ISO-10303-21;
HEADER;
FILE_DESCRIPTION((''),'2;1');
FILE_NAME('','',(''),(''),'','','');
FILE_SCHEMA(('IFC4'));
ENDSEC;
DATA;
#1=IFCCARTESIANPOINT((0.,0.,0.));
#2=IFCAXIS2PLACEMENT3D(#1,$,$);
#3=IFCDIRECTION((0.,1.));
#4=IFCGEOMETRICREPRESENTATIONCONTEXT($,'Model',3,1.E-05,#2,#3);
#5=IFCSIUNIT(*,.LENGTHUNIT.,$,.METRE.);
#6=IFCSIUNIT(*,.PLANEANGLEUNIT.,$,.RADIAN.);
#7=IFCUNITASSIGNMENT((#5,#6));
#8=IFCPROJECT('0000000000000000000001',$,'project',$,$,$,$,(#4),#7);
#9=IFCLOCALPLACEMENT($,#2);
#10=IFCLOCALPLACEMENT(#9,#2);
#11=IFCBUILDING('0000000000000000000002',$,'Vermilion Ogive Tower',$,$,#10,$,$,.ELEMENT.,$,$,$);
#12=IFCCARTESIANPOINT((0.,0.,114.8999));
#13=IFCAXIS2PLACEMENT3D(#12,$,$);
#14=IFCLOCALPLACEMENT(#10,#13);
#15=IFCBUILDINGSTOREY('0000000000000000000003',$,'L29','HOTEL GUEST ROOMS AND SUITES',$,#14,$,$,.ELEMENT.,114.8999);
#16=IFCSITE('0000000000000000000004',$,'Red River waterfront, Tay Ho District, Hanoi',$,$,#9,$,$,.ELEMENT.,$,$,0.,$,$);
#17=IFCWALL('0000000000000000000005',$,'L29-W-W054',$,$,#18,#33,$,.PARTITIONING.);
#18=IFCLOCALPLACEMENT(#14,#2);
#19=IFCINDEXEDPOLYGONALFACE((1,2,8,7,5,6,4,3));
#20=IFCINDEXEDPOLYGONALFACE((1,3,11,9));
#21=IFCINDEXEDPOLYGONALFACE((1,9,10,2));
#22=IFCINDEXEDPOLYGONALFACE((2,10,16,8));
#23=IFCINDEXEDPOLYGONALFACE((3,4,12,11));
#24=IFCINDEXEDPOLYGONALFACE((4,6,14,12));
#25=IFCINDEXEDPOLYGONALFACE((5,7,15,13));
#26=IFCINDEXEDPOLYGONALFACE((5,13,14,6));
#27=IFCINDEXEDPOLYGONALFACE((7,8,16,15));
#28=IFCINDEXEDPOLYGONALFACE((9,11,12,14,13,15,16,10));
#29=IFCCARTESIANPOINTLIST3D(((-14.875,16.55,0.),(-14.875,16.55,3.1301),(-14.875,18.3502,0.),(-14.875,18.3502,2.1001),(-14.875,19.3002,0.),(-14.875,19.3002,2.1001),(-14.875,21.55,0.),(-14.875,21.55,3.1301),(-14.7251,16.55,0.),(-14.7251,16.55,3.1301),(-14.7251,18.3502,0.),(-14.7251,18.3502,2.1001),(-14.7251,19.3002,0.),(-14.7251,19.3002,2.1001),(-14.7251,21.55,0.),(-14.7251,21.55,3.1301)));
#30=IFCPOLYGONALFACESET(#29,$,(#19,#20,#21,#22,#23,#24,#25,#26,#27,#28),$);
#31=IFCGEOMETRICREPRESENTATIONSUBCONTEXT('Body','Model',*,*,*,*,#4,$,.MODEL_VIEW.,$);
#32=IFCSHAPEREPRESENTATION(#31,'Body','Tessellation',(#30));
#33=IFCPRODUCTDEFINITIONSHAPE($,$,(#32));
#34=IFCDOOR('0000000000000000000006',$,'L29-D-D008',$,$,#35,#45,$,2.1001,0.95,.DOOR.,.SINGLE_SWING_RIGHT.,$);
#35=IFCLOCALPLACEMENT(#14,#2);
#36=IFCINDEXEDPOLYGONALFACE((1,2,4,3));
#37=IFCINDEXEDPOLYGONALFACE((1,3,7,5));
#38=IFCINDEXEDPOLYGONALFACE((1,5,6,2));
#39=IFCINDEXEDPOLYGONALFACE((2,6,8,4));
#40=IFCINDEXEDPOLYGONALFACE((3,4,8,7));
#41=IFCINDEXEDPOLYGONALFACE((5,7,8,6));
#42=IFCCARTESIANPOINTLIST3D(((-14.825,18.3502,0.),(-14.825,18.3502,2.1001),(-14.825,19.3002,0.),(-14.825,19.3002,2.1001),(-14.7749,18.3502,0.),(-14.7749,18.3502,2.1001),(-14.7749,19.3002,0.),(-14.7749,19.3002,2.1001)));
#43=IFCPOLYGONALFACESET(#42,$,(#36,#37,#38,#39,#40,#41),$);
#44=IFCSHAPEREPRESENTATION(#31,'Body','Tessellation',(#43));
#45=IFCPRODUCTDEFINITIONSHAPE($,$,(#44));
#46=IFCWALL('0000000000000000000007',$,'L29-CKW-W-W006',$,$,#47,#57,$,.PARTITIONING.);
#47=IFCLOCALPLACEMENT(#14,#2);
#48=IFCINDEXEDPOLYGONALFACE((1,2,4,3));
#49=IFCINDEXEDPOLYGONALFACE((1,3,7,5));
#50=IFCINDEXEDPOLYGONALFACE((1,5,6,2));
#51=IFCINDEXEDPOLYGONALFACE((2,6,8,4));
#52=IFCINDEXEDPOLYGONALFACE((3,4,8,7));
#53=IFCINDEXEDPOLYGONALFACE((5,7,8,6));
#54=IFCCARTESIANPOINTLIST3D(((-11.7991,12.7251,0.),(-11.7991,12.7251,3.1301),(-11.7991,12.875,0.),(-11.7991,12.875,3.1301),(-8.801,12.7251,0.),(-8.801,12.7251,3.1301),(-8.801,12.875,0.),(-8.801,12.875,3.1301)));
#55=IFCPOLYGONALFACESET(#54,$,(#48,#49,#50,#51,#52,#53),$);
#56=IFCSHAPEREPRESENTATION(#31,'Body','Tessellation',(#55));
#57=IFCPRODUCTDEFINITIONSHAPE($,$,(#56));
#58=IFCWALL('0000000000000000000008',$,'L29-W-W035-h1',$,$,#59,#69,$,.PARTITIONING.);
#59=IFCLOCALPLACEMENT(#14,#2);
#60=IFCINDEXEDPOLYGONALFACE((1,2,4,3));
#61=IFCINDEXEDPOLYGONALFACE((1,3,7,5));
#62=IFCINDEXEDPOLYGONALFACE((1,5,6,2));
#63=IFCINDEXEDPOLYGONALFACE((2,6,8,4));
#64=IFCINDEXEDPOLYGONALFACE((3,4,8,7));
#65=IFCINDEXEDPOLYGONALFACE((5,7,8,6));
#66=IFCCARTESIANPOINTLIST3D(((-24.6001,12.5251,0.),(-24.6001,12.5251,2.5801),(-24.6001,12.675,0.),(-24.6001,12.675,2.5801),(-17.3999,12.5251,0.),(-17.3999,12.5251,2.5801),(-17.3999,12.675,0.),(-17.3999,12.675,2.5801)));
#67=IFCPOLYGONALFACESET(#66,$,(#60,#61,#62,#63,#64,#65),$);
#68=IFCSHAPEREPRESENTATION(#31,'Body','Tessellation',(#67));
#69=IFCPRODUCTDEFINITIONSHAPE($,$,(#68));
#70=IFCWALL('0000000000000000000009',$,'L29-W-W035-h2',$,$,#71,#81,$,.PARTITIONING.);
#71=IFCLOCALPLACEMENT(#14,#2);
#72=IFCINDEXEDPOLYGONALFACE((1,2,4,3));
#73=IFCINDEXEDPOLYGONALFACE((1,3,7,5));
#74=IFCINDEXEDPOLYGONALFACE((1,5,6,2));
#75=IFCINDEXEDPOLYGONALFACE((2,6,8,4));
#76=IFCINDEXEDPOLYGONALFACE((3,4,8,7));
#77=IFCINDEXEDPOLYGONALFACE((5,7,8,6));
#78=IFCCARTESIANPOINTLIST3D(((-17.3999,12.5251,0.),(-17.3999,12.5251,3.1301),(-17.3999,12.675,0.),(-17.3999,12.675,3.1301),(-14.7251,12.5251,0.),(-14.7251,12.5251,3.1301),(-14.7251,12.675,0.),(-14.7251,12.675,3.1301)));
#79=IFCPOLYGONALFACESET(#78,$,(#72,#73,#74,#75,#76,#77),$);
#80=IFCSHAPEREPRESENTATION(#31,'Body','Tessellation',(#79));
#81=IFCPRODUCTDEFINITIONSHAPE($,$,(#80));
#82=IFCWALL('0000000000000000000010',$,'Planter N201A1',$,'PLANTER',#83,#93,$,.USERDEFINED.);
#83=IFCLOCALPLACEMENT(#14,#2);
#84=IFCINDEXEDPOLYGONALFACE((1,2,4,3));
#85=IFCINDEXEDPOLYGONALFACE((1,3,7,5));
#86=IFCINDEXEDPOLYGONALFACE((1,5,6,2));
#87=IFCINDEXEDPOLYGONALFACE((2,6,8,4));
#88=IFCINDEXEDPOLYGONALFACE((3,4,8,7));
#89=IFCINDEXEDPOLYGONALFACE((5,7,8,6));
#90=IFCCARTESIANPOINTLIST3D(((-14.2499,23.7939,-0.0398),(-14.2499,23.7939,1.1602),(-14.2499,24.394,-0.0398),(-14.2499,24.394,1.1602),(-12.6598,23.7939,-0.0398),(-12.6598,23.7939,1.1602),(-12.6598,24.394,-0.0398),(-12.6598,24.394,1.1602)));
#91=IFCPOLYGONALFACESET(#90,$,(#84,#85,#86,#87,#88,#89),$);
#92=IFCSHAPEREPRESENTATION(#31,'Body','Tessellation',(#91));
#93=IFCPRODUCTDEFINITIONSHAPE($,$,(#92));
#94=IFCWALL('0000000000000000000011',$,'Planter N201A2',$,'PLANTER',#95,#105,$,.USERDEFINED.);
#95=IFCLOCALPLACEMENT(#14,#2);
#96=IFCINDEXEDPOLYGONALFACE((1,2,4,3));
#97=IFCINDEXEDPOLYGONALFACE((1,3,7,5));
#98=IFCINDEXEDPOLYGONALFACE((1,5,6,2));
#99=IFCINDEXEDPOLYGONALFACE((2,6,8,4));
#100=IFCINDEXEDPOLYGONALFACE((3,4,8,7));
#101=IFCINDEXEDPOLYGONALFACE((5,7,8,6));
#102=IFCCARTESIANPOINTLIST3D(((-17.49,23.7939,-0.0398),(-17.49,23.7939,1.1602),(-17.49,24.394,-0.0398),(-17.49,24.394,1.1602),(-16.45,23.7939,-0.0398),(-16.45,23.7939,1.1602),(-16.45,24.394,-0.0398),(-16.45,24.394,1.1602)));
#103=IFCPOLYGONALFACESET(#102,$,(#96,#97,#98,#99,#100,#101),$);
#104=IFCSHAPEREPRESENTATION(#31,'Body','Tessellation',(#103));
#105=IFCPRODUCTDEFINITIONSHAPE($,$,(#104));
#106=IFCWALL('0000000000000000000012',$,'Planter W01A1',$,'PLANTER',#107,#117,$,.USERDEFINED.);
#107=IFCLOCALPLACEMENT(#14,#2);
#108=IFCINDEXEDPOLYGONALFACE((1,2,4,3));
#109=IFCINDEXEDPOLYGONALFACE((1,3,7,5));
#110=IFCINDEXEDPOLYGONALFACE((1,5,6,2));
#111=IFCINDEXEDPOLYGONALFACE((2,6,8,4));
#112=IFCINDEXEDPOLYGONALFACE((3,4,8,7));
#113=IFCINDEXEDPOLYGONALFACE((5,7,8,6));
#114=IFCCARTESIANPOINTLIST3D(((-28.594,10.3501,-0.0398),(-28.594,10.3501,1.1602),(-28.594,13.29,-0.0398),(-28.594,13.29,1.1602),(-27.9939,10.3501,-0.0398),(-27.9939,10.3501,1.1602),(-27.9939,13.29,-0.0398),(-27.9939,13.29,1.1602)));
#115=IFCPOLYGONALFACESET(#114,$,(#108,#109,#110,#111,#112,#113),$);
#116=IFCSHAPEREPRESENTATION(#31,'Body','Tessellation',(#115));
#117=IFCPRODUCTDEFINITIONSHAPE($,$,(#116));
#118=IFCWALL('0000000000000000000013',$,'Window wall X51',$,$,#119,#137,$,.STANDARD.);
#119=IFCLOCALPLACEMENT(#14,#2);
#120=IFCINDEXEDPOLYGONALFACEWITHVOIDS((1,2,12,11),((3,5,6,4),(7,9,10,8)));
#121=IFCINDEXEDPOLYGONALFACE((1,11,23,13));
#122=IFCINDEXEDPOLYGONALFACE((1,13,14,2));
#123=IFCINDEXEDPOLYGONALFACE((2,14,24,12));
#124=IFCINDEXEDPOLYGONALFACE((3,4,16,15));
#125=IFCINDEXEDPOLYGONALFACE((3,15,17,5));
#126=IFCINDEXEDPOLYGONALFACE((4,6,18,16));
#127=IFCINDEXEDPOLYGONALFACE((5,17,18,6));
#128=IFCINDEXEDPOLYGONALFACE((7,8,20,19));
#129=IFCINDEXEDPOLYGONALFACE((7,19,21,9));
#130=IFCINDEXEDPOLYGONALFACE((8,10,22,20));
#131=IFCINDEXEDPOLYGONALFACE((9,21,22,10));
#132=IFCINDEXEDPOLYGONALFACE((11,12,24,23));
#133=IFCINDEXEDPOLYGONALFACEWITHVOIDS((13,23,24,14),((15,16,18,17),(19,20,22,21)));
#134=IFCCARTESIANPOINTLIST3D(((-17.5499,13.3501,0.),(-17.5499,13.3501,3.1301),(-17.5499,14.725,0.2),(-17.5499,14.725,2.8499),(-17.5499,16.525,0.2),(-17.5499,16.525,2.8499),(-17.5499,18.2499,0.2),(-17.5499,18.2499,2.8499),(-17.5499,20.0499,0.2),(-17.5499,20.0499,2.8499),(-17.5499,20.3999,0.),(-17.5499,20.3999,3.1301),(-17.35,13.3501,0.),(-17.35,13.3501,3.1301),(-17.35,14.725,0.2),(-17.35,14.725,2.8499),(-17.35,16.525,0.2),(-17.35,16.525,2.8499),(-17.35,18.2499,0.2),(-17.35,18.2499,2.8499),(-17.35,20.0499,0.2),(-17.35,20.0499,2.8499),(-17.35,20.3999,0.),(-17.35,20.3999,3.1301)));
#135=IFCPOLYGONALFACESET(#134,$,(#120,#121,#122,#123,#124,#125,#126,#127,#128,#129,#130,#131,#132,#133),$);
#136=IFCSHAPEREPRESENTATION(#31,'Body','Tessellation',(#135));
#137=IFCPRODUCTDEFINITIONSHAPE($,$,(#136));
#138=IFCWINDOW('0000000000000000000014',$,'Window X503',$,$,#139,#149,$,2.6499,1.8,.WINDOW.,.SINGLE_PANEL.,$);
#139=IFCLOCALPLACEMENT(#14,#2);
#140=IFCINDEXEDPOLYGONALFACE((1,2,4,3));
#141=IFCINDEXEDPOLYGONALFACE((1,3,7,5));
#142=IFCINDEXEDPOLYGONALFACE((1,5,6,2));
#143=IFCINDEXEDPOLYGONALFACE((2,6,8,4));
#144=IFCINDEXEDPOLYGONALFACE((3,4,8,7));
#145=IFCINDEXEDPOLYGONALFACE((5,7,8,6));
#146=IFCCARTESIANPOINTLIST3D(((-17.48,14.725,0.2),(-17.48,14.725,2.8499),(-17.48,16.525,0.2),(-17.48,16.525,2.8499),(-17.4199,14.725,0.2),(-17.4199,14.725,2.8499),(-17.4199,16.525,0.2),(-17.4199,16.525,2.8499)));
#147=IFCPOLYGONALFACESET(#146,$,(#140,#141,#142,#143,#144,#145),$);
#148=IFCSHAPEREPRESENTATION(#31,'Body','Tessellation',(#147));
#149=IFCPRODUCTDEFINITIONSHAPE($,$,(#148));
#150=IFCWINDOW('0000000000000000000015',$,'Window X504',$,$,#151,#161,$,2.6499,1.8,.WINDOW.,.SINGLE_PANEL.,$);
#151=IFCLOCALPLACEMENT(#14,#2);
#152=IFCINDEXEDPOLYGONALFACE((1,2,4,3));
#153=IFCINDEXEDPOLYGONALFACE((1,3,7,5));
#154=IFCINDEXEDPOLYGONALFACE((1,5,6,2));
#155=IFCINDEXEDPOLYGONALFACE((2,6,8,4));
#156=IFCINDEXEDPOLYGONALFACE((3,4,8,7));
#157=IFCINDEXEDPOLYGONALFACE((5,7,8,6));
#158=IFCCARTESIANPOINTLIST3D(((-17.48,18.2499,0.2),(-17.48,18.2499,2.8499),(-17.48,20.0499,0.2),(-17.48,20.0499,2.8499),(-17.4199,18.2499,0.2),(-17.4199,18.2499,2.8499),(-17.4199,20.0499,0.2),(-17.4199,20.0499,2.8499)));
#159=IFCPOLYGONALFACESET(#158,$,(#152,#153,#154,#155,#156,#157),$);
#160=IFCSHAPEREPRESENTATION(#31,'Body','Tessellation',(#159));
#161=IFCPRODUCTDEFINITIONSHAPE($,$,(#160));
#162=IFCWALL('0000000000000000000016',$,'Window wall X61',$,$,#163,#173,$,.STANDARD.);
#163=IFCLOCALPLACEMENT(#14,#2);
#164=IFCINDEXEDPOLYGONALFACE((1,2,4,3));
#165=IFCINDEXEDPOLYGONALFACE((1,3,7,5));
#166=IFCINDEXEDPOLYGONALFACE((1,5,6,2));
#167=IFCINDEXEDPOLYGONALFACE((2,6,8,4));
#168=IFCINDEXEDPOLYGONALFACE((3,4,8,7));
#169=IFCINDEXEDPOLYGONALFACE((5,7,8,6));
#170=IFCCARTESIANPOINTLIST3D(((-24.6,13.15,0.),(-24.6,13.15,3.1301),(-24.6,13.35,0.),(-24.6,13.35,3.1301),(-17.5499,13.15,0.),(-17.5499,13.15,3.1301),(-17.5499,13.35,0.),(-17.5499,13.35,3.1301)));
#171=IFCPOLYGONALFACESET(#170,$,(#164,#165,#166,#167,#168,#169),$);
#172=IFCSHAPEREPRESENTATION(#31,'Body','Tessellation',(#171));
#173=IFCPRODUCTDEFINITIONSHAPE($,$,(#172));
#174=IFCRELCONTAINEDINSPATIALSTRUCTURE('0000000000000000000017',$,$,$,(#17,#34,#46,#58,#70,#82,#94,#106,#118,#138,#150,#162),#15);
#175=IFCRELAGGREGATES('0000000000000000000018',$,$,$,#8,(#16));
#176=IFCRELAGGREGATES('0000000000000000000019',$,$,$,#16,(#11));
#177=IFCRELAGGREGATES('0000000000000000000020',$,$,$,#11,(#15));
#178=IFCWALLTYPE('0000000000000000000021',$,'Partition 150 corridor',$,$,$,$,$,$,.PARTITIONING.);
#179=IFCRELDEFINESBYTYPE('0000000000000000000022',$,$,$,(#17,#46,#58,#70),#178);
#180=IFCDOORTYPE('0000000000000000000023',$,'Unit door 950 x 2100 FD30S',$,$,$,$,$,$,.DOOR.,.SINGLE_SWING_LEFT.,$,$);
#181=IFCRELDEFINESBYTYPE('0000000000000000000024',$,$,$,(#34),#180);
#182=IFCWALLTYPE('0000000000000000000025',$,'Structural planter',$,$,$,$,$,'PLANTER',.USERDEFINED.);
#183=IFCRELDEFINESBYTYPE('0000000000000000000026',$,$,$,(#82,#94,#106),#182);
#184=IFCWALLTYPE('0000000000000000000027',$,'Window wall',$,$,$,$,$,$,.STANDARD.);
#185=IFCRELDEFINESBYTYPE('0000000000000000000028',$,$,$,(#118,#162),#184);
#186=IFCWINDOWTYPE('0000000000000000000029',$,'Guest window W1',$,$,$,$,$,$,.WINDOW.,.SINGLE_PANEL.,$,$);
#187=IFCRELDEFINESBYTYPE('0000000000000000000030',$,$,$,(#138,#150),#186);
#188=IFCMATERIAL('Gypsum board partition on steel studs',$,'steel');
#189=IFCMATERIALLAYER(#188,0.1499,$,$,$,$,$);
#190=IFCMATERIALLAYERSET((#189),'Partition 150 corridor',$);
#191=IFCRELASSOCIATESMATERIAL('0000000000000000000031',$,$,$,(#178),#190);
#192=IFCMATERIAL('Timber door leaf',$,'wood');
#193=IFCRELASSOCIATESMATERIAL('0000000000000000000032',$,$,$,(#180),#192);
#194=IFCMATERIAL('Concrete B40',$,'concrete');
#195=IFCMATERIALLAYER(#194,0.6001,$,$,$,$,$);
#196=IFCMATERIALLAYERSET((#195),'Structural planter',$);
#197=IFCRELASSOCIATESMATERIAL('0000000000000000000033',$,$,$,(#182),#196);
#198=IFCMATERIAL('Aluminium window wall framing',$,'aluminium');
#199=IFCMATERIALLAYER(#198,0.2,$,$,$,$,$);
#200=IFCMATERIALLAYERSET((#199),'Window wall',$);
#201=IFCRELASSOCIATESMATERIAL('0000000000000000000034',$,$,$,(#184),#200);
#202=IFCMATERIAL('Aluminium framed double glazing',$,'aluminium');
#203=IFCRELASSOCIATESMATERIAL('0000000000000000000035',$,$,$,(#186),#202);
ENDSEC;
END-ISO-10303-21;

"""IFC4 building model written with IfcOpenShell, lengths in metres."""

from ifc_helpers import new_model, si_unit, direction, frame, frame_2d, origin, place, context, subcontext, project, spatial, rectangle, extrude, material, layer, layer_set, type_object, element, fill, save


model = new_model("IFC4")

# Units and contexts
model_context = context("Model", 3, precision=1e-05, world=origin(), true_north=direction((0.0, 1.0)))
body_context = subcontext(model_context, "Body", "Model", "MODEL_VIEW")
ifc_project = project(units=[si_unit("LENGTHUNIT", "METRE"), si_unit("PLANEANGLEUNIT", "RADIAN")], contexts=[model_context])

# Site, building, storey
site_placement = place(None, origin())
site = spatial("IfcSite", under=ifc_project, at=site_placement, Name="Red River waterfront, Tay Ho District, Hanoi", CompositionType="ELEMENT", RefElevation=0.0)
building_placement = place(site_placement, origin())
building = spatial("IfcBuilding", under=site, at=building_placement, Name="Vermilion Ogive Tower", CompositionType="ELEMENT")
storey_placement = place(building_placement, frame((0.0, 0.0, 114.8999)))
storey = spatial("IfcBuildingStorey", under=building, at=storey_placement, Name="L29", Description="HOTEL GUEST ROOMS AND SUITES", CompositionType="ELEMENT", Elevation=114.8999)

# Shared definitions
ifc_material_1 = material(Name="Gypsum board partition on steel studs", Category="steel")
ifc_layer_1 = layer(ifc_material_1, 0.1499)
ifc_layer_set_1 = layer_set([ifc_layer_1], Name="Partition 150 corridor")
wall_type_1 = type_object("IfcWallType", Name="Partition 150 corridor", PredefinedType="PARTITIONING", material=ifc_layer_set_1)

# Wall, opening, door
wall_1_placement = place(storey_placement, frame((-14.8, 16.55, 0.0), z_axis=(0.0, 0.0, 1.0), x_axis=(0.0, 1.0, 0.0)))
wall_1 = element("IfcWall", 1, at=wall_1_placement, inside=storey, type_object=wall_type_1, Name="L29-W-W054", PredefinedType="PARTITIONING", context=body_context, shape_type="SweptSolid", body=[
    extrude(rectangle(XDim=5.0, YDim=0.1499, at=frame_2d((2.5, 0.0))), origin(), (0.0, 0.0, 1.0), 3.1301),
])
opening_1_placement = place(wall_1_placement, frame((1.8, 0.0, 0.0)))
opening_1 = element("IfcOpeningElement", 2, at=opening_1_placement, cuts=wall_1, PredefinedType="OPENING", context=body_context, shape_type="SweptSolid", body=[
    extrude(rectangle(XDim=0.95, YDim=2.1001, at=frame_2d((0.4751, 1.05))), frame((0.0, 0.085, 0.0), z_axis=(0.0, -1.0, 0.0), x_axis=(1.0, 0.0, 0.0)), (0.0, 0.0, 1.0), 0.1699),
])
ifc_material_2 = material(Name="Timber door leaf", Category="wood")
door_type_1 = type_object("IfcDoorType", Name="Unit door 950 x 2100 FD30S", OperationType="SINGLE_SWING_LEFT", PredefinedType="DOOR", material=ifc_material_2)
door_1_placement = place(opening_1_placement, origin())
door_1 = element("IfcDoor", 3, at=door_1_placement, inside=storey, type_object=door_type_1, Name="L29-D-D008", OperationType="SINGLE_SWING_RIGHT", OverallHeight=2.1001, OverallWidth=0.95, PredefinedType="DOOR", context=body_context, shape_type="SweptSolid", body=[
    extrude(rectangle(XDim=0.95, YDim=2.1001, at=frame_2d((0.4751, 1.05))), frame((0.0, 0.0249, 0.0), z_axis=(0.0, -1.0, 0.0), x_axis=(1.0, 0.0, 0.0)), (0.0, 0.0, 1.0), 0.05),
])
fill(opening_1, door_1)

# Walls
wall_2_placement = place(storey_placement, frame((-11.7991, 12.8, 0.0), z_axis=(0.0, 0.0, 1.0), x_axis=(1.0, 0.0, 0.0)))
element("IfcWall", 4, at=wall_2_placement, inside=storey, type_object=wall_type_1, Name="L29-CKW-W-W006", PredefinedType="PARTITIONING", context=body_context, shape_type="SweptSolid", body=[
    extrude(rectangle(XDim=2.998, YDim=0.1499, at=frame_2d((1.499, 0.0))), origin(), (0.0, 0.0, 1.0), 3.1301),
])
wall_3_placement = place(storey_placement, frame((-24.6001, 12.6001, 0.0), z_axis=(0.0, 0.0, 1.0), x_axis=(1.0, 0.0, 0.0)))
element("IfcWall", 5, at=wall_3_placement, inside=storey, type_object=wall_type_1, Name="L29-W-W035-h1", PredefinedType="PARTITIONING", context=body_context, shape_type="SweptSolid", body=[
    extrude(rectangle(XDim=7.2002, YDim=0.1499, at=frame_2d((3.6001, 0.0))), origin(), (0.0, 0.0, 1.0), 2.5801),
])
wall_4_placement = place(storey_placement, frame((-17.3999, 12.6001, 0.0), z_axis=(0.0, 0.0, 1.0), x_axis=(1.0, 0.0, 0.0)))
element("IfcWall", 6, at=wall_4_placement, inside=storey, type_object=wall_type_1, Name="L29-W-W035-h2", PredefinedType="PARTITIONING", context=body_context, shape_type="SweptSolid", body=[
    extrude(rectangle(XDim=2.6748, YDim=0.1499, at=frame_2d((1.3374, 0.0))), origin(), (0.0, 0.0, 1.0), 3.1301),
])
ifc_material_3 = material(Name="Concrete B40", Category="concrete")
ifc_layer_2 = layer(ifc_material_3, 0.6001)
ifc_layer_set_2 = layer_set([ifc_layer_2], Name="Structural planter")
wall_type_2 = type_object("IfcWallType", Name="Structural planter", ElementType="PLANTER", PredefinedType="USERDEFINED", material=ifc_layer_set_2)
wall_5_placement = place(storey_placement, frame((-12.6599, 24.094, -0.0398), z_axis=(0.0, 0.0, 1.0), x_axis=(-1.0, 0.0, 0.0)))
element("IfcWall", 7, at=wall_5_placement, inside=storey, type_object=wall_type_2, Name="Planter N201A1", ObjectType="PLANTER", PredefinedType="USERDEFINED", context=body_context, shape_type="SweptSolid", body=[
    extrude(rectangle(XDim=1.5901, YDim=0.6001, at=frame_2d((0.7949, 0.0))), origin(), (0.0, 0.0, 1.0), 1.2),
])
wall_6_placement = place(storey_placement, frame((-16.45, 24.094, -0.0398), z_axis=(0.0, 0.0, 1.0), x_axis=(-1.0, 0.0, 0.0)))
element("IfcWall", 8, at=wall_6_placement, inside=storey, type_object=wall_type_2, Name="Planter N201A2", ObjectType="PLANTER", PredefinedType="USERDEFINED", context=body_context, shape_type="SweptSolid", body=[
    extrude(rectangle(XDim=1.04, YDim=0.6001, at=frame_2d((0.52, 0.0))), origin(), (0.0, 0.0, 1.0), 1.2),
])
wall_7_placement = place(storey_placement, frame((-28.2939, 13.29, -0.0398), z_axis=(0.0, 0.0, 1.0), x_axis=(0.0, -1.0, 0.0)))
element("IfcWall", 9, at=wall_7_placement, inside=storey, type_object=wall_type_2, Name="Planter W01A1", ObjectType="PLANTER", PredefinedType="USERDEFINED", context=body_context, shape_type="SweptSolid", body=[
    extrude(rectangle(XDim=2.9399, YDim=0.6001, at=frame_2d((1.47, 0.0))), origin(), (0.0, 0.0, 1.0), 1.2),
])

# Shared definitions
ifc_material_4 = material(Name="Aluminium window wall framing", Category="aluminium")
ifc_layer_3 = layer(ifc_material_4, 0.2)
ifc_layer_set_3 = layer_set([ifc_layer_3], Name="Window wall")
wall_type_3 = type_object("IfcWallType", Name="Window wall", PredefinedType="STANDARD", material=ifc_layer_set_3)
ifc_material_5 = material(Name="Aluminium framed double glazing", Category="aluminium")
window_type = type_object("IfcWindowType", Name="Guest window W1", PartitioningType="SINGLE_PANEL", PredefinedType="WINDOW", material=ifc_material_5)

# Wall, openings, windows
wall_8_placement = place(storey_placement, frame((-17.45, 20.3999, 0.0), z_axis=(0.0, 0.0, 1.0), x_axis=(0.0, -1.0, 0.0)))
wall_8 = element("IfcWall", 10, at=wall_8_placement, inside=storey, type_object=wall_type_3, Name="Window wall X51", PredefinedType="STANDARD", context=body_context, shape_type="SweptSolid", body=[
    extrude(rectangle(XDim=7.0498, YDim=0.2, at=frame_2d((3.5249, 0.0))), origin(), (0.0, 0.0, 1.0), 3.1301),
])
opening_2_placement = place(wall_8_placement, frame((3.875, 0.0, 0.2)))
opening_2 = element("IfcOpeningElement", 11, at=opening_2_placement, cuts=wall_8, PredefinedType="OPENING", context=body_context, shape_type="SweptSolid", body=[
    extrude(rectangle(XDim=1.8, YDim=2.6499, at=frame_2d((0.8999, 1.325))), frame((0.0, 0.1099, 0.0), z_axis=(0.0, -1.0, 0.0), x_axis=(1.0, 0.0, 0.0)), (0.0, 0.0, 1.0), 0.22),
])
opening_3_placement = place(wall_8_placement, frame((0.3501, 0.0, 0.2)))
opening_3 = element("IfcOpeningElement", 12, at=opening_3_placement, cuts=wall_8, PredefinedType="OPENING", context=body_context, shape_type="SweptSolid", body=[
    extrude(rectangle(XDim=1.8, YDim=2.6499, at=frame_2d((0.8999, 1.325))), frame((0.0, 0.1099, 0.0), z_axis=(0.0, -1.0, 0.0), x_axis=(1.0, 0.0, 0.0)), (0.0, 0.0, 1.0), 0.22),
])
window_1_placement = place(opening_2_placement, origin())
window_1 = element("IfcWindow", 13, at=window_1_placement, inside=storey, type_object=window_type, Name="Window X503", OverallHeight=2.6499, OverallWidth=1.8, PartitioningType="SINGLE_PANEL", PredefinedType="WINDOW", context=body_context, shape_type="SweptSolid", body=[
    extrude(rectangle(XDim=1.8, YDim=2.6499, at=frame_2d((0.8999, 1.325))), frame((0.0, 0.03, 0.0), z_axis=(0.0, -1.0, 0.0), x_axis=(1.0, 0.0, 0.0)), (0.0, 0.0, 1.0), 0.0601),
])
fill(opening_2, window_1)
window_2_placement = place(opening_3_placement, origin())
window_2 = element("IfcWindow", 14, at=window_2_placement, inside=storey, type_object=window_type, Name="Window X504", OverallHeight=2.6499, OverallWidth=1.8, PartitioningType="SINGLE_PANEL", PredefinedType="WINDOW", context=body_context, shape_type="SweptSolid", body=[
    extrude(rectangle(XDim=1.8, YDim=2.6499, at=frame_2d((0.8999, 1.325))), frame((0.0, 0.03, 0.0), z_axis=(0.0, -1.0, 0.0), x_axis=(1.0, 0.0, 0.0)), (0.0, 0.0, 1.0), 0.0601),
])
fill(opening_3, window_2)

# Wall
wall_9_placement = place(storey_placement, frame((-17.55, 13.25, 0.0), z_axis=(0.0, 0.0, 1.0), x_axis=(-1.0, 0.0, 0.0)))
element("IfcWall", 15, at=wall_9_placement, inside=storey, type_object=wall_type_3, Name="Window wall X61", PredefinedType="STANDARD", context=body_context, shape_type="SweptSolid", body=[
    extrude(rectangle(XDim=7.05, YDim=0.2, at=frame_2d((3.5249, 0.0))), origin(), (0.0, 0.0, 1.0), 3.1301),
])

save(model, "model.ifc")
